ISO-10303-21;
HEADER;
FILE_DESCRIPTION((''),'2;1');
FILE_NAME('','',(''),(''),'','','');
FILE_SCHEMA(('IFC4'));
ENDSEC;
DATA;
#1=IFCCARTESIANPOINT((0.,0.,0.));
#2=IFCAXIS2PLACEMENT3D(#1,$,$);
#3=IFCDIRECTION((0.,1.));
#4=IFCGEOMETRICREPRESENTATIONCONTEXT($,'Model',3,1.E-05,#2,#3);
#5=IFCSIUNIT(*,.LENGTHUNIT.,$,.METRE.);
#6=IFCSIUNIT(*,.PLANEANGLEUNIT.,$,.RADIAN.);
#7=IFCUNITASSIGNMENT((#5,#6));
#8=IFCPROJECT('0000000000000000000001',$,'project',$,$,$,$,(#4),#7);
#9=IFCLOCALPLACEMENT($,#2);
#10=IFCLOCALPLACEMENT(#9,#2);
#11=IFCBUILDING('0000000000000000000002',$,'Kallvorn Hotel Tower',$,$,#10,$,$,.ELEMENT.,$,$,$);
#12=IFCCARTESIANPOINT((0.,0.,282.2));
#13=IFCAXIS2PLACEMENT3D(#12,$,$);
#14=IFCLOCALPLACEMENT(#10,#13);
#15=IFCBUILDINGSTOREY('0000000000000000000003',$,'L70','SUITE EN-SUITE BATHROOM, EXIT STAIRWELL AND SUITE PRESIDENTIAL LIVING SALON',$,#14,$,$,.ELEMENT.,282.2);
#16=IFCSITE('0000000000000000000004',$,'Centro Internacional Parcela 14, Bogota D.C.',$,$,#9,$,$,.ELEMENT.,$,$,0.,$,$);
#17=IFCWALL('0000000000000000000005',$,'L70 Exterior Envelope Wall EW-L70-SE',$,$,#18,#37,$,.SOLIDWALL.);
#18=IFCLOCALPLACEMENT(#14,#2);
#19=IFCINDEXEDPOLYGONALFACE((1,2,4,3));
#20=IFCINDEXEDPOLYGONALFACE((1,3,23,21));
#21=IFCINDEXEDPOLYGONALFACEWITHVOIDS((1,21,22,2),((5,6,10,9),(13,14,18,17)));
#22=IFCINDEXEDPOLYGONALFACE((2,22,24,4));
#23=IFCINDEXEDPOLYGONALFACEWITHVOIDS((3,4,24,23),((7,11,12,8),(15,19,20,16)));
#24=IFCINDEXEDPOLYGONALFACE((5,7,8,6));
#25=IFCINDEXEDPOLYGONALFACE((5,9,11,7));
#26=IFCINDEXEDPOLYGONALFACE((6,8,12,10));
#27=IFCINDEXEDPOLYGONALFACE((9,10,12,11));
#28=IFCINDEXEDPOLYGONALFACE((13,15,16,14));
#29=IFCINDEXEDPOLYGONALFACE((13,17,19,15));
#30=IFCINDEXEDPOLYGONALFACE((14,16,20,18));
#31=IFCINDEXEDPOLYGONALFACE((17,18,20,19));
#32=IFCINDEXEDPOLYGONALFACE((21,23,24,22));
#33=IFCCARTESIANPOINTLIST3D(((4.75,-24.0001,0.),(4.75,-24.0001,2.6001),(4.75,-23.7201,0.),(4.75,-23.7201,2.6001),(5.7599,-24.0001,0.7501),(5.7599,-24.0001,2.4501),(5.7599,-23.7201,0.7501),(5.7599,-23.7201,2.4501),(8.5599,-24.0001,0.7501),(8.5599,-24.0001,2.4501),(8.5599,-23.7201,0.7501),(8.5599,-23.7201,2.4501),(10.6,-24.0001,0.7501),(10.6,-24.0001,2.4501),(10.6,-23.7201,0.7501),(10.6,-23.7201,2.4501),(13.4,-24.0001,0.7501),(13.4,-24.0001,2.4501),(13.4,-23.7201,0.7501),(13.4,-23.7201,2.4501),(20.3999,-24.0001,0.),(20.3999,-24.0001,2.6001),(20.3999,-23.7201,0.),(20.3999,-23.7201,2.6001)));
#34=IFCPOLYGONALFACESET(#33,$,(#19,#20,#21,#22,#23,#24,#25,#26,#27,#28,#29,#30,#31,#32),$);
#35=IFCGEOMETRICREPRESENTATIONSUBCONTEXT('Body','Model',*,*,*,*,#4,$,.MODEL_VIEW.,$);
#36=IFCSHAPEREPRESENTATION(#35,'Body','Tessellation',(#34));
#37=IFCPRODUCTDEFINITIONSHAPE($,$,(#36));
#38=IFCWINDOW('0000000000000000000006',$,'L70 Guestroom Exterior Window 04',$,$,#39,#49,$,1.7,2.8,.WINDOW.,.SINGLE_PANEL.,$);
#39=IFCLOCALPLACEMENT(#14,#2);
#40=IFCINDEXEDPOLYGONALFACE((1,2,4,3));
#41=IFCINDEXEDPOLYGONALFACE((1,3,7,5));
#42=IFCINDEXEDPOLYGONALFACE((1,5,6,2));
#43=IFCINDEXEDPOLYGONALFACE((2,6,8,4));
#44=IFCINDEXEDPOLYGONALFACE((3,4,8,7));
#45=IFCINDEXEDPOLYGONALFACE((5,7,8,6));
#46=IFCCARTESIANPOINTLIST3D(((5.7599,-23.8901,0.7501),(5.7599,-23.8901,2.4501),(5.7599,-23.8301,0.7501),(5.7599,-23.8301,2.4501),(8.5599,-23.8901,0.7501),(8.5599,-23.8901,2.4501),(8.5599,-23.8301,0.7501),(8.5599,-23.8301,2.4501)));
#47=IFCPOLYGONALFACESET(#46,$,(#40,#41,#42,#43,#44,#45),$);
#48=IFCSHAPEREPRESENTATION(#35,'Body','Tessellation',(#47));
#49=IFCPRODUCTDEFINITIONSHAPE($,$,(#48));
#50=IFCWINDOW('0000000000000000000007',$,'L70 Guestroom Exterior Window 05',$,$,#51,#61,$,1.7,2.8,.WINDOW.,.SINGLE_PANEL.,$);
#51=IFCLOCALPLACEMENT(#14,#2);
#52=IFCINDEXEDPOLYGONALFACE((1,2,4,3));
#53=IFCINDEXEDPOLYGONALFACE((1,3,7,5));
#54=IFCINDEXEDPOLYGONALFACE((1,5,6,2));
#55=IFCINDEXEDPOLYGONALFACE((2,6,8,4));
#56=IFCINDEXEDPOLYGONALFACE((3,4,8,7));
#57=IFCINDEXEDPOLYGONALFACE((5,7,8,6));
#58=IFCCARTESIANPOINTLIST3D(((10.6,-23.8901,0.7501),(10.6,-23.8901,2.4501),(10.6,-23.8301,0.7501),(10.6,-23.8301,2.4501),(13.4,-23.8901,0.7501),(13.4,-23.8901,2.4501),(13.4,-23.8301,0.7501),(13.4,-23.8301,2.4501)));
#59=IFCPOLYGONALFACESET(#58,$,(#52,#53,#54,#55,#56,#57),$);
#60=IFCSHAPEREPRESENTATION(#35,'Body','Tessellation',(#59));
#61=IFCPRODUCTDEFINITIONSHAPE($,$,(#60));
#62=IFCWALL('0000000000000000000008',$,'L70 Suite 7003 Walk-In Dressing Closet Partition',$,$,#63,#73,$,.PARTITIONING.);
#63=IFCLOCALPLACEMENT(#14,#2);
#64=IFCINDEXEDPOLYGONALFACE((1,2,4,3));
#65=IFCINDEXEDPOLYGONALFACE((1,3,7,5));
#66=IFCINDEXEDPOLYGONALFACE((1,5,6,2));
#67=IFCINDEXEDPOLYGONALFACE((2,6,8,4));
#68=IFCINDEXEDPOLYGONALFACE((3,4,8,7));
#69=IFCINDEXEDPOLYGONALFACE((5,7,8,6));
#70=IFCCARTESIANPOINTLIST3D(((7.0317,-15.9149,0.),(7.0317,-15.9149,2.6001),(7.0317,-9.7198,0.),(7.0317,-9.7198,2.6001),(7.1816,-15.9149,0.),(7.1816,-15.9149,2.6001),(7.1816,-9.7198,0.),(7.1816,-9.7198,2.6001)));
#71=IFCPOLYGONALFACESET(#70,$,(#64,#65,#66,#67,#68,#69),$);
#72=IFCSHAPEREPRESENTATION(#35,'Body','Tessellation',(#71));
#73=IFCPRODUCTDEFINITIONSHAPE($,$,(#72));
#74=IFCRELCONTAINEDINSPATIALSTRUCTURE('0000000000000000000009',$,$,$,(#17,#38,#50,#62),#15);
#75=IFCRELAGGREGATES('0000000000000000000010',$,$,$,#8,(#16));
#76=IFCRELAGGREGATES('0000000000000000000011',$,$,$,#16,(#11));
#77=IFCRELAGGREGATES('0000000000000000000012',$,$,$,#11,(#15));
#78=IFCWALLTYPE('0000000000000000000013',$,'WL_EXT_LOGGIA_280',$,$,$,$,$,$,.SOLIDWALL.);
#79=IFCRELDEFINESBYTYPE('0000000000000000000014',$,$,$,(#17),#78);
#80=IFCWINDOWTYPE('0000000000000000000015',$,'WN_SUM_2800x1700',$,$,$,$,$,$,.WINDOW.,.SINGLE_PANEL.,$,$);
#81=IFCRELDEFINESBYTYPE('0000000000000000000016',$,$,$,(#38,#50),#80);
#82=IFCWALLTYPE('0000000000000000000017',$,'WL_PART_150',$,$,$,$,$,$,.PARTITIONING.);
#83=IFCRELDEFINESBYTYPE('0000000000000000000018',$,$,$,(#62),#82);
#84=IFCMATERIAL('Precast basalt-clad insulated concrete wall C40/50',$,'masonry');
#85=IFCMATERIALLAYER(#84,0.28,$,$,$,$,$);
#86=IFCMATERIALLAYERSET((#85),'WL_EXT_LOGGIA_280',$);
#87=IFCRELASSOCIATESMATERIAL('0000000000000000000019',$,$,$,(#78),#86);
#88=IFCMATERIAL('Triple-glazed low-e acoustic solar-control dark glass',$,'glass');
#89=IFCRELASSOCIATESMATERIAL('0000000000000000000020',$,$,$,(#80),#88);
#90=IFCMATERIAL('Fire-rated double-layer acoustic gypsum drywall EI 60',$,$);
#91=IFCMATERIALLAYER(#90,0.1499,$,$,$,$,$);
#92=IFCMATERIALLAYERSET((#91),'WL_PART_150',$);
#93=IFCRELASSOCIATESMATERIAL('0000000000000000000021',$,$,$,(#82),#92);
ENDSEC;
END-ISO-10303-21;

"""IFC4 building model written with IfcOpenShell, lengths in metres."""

from ifc_helpers import new_model, si_unit, direction, frame, frame_2d, origin, place, context, subcontext, project, spatial, rectangle, extrude, material, layer, layer_set, type_object, element, fill, save


model = new_model("IFC4")

# Units and contexts
model_context = context("Model", 3, precision=1e-05, world=origin(), true_north=direction((0.0, 1.0)))
body_context = subcontext(model_context, "Body", "Model", "MODEL_VIEW")
ifc_project = project(units=[si_unit("LENGTHUNIT", "METRE"), si_unit("PLANEANGLEUNIT", "RADIAN")], contexts=[model_context])

# Site, building, storey
site_placement = place(None, origin())
site = spatial("IfcSite", under=ifc_project, at=site_placement, Name="Centro Internacional Parcela 14, Bogota D.C.", CompositionType="ELEMENT", RefElevation=0.0)
building_placement = place(site_placement, origin())
building = spatial("IfcBuilding", under=site, at=building_placement, Name="Kallvorn Hotel Tower", CompositionType="ELEMENT")
storey_placement = place(building_placement, frame((0.0, 0.0, 282.2)))
storey = spatial("IfcBuildingStorey", under=building, at=storey_placement, Name="L70", Description="SUITE EN-SUITE BATHROOM, EXIT STAIRWELL AND SUITE PRESIDENTIAL LIVING SALON", CompositionType="ELEMENT", Elevation=282.2)

# Wall, openings, windows
ifc_material_1 = material(Name="Precast basalt-clad insulated concrete wall C40/50", Category="masonry")
ifc_layer_1 = layer(ifc_material_1, 0.28)
ifc_layer_set_1 = layer_set([ifc_layer_1], Name="WL_EXT_LOGGIA_280")
wall_type_1 = type_object("IfcWallType", Name="WL_EXT_LOGGIA_280", PredefinedType="SOLIDWALL", material=ifc_layer_set_1)
wall_1_placement = place(storey_placement, frame((4.75, -23.8601, 0.0), z_axis=(0.0, 0.0, 1.0), x_axis=(1.0, 0.0, 0.0)))
wall_1 = element("IfcWall", 1, at=wall_1_placement, inside=storey, type_object=wall_type_1, Name="L70 Exterior Envelope Wall EW-L70-SE", PredefinedType="SOLIDWALL", context=body_context, shape_type="SweptSolid", body=[
    extrude(rectangle(XDim=15.6499, YDim=0.28, at=frame_2d((7.825, 0.0))), origin(), (0.0, 0.0, 1.0), 2.6001),
])
opening_1_placement = place(wall_1_placement, frame((1.01, 0.0, 0.75)))
opening_1 = element("IfcOpeningElement", 2, at=opening_1_placement, cuts=wall_1, PredefinedType="OPENING", context=body_context, shape_type="SweptSolid", body=[
    extrude(rectangle(XDim=2.8, YDim=1.7, at=frame_2d((1.3999, 0.8501))), frame((0.0, 0.155, 0.0), z_axis=(0.0, -1.0, 0.0), x_axis=(1.0, 0.0, 0.0)), (0.0, 0.0, 1.0), 0.3101),
])
opening_2_placement = place(wall_1_placement, frame((5.8501, 0.0, 0.75)))
opening_2 = element("IfcOpeningElement", 3, at=opening_2_placement, cuts=wall_1, PredefinedType="OPENING", context=body_context, shape_type="SweptSolid", body=[
    extrude(rectangle(XDim=2.8, YDim=1.7, at=frame_2d((1.3999, 0.8501))), frame((0.0, 0.155, 0.0), z_axis=(0.0, -1.0, 0.0), x_axis=(1.0, 0.0, 0.0)), (0.0, 0.0, 1.0), 0.3101),
])
ifc_material_2 = material(Name="Triple-glazed low-e acoustic solar-control dark glass", Category="glass")
window_type = type_object("IfcWindowType", Name="WN_SUM_2800x1700", PartitioningType="SINGLE_PANEL", PredefinedType="WINDOW", material=ifc_material_2)
window_1_placement = place(opening_1_placement, origin())
window_1 = element("IfcWindow", 4, at=window_1_placement, inside=storey, type_object=window_type, Name="L70 Guestroom Exterior Window 04", OverallHeight=1.7, OverallWidth=2.8, PartitioningType="SINGLE_PANEL", PredefinedType="WINDOW", context=body_context, shape_type="SweptSolid", body=[
    extrude(rectangle(XDim=2.8, YDim=1.7, at=frame_2d((1.3999, 0.8501))), frame((0.0, 0.03, 0.0), z_axis=(0.0, -1.0, 0.0), x_axis=(1.0, 0.0, 0.0)), (0.0, 0.0, 1.0), 0.0601),
])
fill(opening_1, window_1)
window_2_placement = place(opening_2_placement, origin())
window_2 = element("IfcWindow", 5, at=window_2_placement, inside=storey, type_object=window_type, Name="L70 Guestroom Exterior Window 05", OverallHeight=1.7, OverallWidth=2.8, PartitioningType="SINGLE_PANEL", PredefinedType="WINDOW", context=body_context, shape_type="SweptSolid", body=[
    extrude(rectangle(XDim=2.8, YDim=1.7, at=frame_2d((1.3999, 0.8501))), frame((0.0, 0.03, 0.0), z_axis=(0.0, -1.0, 0.0), x_axis=(1.0, 0.0, 0.0)), (0.0, 0.0, 1.0), 0.0601),
])
fill(opening_2, window_2)

# Wall
ifc_material_3 = material(Name="Fire-rated double-layer acoustic gypsum drywall EI 60")
ifc_layer_2 = layer(ifc_material_3, 0.1499)
ifc_layer_set_2 = layer_set([ifc_layer_2], Name="WL_PART_150")
wall_type_2 = type_object("IfcWallType", Name="WL_PART_150", PredefinedType="PARTITIONING", material=ifc_layer_set_2)
wall_2_placement = place(storey_placement, frame((7.1067, -15.915, 0.0), z_axis=(0.0, 0.0, 1.0), x_axis=(0.0, 1.0, 0.0)))
element("IfcWall", 6, at=wall_2_placement, inside=storey, type_object=wall_type_2, Name="L70 Suite 7003 Walk-In Dressing Closet Partition", PredefinedType="PARTITIONING", context=body_context, shape_type="SweptSolid", body=[
    extrude(rectangle(XDim=6.1951, YDim=0.1499, at=frame_2d((3.0977, 0.0))), origin(), (0.0, 0.0, 1.0), 2.6001),
])

save(model, "model.ifc")
